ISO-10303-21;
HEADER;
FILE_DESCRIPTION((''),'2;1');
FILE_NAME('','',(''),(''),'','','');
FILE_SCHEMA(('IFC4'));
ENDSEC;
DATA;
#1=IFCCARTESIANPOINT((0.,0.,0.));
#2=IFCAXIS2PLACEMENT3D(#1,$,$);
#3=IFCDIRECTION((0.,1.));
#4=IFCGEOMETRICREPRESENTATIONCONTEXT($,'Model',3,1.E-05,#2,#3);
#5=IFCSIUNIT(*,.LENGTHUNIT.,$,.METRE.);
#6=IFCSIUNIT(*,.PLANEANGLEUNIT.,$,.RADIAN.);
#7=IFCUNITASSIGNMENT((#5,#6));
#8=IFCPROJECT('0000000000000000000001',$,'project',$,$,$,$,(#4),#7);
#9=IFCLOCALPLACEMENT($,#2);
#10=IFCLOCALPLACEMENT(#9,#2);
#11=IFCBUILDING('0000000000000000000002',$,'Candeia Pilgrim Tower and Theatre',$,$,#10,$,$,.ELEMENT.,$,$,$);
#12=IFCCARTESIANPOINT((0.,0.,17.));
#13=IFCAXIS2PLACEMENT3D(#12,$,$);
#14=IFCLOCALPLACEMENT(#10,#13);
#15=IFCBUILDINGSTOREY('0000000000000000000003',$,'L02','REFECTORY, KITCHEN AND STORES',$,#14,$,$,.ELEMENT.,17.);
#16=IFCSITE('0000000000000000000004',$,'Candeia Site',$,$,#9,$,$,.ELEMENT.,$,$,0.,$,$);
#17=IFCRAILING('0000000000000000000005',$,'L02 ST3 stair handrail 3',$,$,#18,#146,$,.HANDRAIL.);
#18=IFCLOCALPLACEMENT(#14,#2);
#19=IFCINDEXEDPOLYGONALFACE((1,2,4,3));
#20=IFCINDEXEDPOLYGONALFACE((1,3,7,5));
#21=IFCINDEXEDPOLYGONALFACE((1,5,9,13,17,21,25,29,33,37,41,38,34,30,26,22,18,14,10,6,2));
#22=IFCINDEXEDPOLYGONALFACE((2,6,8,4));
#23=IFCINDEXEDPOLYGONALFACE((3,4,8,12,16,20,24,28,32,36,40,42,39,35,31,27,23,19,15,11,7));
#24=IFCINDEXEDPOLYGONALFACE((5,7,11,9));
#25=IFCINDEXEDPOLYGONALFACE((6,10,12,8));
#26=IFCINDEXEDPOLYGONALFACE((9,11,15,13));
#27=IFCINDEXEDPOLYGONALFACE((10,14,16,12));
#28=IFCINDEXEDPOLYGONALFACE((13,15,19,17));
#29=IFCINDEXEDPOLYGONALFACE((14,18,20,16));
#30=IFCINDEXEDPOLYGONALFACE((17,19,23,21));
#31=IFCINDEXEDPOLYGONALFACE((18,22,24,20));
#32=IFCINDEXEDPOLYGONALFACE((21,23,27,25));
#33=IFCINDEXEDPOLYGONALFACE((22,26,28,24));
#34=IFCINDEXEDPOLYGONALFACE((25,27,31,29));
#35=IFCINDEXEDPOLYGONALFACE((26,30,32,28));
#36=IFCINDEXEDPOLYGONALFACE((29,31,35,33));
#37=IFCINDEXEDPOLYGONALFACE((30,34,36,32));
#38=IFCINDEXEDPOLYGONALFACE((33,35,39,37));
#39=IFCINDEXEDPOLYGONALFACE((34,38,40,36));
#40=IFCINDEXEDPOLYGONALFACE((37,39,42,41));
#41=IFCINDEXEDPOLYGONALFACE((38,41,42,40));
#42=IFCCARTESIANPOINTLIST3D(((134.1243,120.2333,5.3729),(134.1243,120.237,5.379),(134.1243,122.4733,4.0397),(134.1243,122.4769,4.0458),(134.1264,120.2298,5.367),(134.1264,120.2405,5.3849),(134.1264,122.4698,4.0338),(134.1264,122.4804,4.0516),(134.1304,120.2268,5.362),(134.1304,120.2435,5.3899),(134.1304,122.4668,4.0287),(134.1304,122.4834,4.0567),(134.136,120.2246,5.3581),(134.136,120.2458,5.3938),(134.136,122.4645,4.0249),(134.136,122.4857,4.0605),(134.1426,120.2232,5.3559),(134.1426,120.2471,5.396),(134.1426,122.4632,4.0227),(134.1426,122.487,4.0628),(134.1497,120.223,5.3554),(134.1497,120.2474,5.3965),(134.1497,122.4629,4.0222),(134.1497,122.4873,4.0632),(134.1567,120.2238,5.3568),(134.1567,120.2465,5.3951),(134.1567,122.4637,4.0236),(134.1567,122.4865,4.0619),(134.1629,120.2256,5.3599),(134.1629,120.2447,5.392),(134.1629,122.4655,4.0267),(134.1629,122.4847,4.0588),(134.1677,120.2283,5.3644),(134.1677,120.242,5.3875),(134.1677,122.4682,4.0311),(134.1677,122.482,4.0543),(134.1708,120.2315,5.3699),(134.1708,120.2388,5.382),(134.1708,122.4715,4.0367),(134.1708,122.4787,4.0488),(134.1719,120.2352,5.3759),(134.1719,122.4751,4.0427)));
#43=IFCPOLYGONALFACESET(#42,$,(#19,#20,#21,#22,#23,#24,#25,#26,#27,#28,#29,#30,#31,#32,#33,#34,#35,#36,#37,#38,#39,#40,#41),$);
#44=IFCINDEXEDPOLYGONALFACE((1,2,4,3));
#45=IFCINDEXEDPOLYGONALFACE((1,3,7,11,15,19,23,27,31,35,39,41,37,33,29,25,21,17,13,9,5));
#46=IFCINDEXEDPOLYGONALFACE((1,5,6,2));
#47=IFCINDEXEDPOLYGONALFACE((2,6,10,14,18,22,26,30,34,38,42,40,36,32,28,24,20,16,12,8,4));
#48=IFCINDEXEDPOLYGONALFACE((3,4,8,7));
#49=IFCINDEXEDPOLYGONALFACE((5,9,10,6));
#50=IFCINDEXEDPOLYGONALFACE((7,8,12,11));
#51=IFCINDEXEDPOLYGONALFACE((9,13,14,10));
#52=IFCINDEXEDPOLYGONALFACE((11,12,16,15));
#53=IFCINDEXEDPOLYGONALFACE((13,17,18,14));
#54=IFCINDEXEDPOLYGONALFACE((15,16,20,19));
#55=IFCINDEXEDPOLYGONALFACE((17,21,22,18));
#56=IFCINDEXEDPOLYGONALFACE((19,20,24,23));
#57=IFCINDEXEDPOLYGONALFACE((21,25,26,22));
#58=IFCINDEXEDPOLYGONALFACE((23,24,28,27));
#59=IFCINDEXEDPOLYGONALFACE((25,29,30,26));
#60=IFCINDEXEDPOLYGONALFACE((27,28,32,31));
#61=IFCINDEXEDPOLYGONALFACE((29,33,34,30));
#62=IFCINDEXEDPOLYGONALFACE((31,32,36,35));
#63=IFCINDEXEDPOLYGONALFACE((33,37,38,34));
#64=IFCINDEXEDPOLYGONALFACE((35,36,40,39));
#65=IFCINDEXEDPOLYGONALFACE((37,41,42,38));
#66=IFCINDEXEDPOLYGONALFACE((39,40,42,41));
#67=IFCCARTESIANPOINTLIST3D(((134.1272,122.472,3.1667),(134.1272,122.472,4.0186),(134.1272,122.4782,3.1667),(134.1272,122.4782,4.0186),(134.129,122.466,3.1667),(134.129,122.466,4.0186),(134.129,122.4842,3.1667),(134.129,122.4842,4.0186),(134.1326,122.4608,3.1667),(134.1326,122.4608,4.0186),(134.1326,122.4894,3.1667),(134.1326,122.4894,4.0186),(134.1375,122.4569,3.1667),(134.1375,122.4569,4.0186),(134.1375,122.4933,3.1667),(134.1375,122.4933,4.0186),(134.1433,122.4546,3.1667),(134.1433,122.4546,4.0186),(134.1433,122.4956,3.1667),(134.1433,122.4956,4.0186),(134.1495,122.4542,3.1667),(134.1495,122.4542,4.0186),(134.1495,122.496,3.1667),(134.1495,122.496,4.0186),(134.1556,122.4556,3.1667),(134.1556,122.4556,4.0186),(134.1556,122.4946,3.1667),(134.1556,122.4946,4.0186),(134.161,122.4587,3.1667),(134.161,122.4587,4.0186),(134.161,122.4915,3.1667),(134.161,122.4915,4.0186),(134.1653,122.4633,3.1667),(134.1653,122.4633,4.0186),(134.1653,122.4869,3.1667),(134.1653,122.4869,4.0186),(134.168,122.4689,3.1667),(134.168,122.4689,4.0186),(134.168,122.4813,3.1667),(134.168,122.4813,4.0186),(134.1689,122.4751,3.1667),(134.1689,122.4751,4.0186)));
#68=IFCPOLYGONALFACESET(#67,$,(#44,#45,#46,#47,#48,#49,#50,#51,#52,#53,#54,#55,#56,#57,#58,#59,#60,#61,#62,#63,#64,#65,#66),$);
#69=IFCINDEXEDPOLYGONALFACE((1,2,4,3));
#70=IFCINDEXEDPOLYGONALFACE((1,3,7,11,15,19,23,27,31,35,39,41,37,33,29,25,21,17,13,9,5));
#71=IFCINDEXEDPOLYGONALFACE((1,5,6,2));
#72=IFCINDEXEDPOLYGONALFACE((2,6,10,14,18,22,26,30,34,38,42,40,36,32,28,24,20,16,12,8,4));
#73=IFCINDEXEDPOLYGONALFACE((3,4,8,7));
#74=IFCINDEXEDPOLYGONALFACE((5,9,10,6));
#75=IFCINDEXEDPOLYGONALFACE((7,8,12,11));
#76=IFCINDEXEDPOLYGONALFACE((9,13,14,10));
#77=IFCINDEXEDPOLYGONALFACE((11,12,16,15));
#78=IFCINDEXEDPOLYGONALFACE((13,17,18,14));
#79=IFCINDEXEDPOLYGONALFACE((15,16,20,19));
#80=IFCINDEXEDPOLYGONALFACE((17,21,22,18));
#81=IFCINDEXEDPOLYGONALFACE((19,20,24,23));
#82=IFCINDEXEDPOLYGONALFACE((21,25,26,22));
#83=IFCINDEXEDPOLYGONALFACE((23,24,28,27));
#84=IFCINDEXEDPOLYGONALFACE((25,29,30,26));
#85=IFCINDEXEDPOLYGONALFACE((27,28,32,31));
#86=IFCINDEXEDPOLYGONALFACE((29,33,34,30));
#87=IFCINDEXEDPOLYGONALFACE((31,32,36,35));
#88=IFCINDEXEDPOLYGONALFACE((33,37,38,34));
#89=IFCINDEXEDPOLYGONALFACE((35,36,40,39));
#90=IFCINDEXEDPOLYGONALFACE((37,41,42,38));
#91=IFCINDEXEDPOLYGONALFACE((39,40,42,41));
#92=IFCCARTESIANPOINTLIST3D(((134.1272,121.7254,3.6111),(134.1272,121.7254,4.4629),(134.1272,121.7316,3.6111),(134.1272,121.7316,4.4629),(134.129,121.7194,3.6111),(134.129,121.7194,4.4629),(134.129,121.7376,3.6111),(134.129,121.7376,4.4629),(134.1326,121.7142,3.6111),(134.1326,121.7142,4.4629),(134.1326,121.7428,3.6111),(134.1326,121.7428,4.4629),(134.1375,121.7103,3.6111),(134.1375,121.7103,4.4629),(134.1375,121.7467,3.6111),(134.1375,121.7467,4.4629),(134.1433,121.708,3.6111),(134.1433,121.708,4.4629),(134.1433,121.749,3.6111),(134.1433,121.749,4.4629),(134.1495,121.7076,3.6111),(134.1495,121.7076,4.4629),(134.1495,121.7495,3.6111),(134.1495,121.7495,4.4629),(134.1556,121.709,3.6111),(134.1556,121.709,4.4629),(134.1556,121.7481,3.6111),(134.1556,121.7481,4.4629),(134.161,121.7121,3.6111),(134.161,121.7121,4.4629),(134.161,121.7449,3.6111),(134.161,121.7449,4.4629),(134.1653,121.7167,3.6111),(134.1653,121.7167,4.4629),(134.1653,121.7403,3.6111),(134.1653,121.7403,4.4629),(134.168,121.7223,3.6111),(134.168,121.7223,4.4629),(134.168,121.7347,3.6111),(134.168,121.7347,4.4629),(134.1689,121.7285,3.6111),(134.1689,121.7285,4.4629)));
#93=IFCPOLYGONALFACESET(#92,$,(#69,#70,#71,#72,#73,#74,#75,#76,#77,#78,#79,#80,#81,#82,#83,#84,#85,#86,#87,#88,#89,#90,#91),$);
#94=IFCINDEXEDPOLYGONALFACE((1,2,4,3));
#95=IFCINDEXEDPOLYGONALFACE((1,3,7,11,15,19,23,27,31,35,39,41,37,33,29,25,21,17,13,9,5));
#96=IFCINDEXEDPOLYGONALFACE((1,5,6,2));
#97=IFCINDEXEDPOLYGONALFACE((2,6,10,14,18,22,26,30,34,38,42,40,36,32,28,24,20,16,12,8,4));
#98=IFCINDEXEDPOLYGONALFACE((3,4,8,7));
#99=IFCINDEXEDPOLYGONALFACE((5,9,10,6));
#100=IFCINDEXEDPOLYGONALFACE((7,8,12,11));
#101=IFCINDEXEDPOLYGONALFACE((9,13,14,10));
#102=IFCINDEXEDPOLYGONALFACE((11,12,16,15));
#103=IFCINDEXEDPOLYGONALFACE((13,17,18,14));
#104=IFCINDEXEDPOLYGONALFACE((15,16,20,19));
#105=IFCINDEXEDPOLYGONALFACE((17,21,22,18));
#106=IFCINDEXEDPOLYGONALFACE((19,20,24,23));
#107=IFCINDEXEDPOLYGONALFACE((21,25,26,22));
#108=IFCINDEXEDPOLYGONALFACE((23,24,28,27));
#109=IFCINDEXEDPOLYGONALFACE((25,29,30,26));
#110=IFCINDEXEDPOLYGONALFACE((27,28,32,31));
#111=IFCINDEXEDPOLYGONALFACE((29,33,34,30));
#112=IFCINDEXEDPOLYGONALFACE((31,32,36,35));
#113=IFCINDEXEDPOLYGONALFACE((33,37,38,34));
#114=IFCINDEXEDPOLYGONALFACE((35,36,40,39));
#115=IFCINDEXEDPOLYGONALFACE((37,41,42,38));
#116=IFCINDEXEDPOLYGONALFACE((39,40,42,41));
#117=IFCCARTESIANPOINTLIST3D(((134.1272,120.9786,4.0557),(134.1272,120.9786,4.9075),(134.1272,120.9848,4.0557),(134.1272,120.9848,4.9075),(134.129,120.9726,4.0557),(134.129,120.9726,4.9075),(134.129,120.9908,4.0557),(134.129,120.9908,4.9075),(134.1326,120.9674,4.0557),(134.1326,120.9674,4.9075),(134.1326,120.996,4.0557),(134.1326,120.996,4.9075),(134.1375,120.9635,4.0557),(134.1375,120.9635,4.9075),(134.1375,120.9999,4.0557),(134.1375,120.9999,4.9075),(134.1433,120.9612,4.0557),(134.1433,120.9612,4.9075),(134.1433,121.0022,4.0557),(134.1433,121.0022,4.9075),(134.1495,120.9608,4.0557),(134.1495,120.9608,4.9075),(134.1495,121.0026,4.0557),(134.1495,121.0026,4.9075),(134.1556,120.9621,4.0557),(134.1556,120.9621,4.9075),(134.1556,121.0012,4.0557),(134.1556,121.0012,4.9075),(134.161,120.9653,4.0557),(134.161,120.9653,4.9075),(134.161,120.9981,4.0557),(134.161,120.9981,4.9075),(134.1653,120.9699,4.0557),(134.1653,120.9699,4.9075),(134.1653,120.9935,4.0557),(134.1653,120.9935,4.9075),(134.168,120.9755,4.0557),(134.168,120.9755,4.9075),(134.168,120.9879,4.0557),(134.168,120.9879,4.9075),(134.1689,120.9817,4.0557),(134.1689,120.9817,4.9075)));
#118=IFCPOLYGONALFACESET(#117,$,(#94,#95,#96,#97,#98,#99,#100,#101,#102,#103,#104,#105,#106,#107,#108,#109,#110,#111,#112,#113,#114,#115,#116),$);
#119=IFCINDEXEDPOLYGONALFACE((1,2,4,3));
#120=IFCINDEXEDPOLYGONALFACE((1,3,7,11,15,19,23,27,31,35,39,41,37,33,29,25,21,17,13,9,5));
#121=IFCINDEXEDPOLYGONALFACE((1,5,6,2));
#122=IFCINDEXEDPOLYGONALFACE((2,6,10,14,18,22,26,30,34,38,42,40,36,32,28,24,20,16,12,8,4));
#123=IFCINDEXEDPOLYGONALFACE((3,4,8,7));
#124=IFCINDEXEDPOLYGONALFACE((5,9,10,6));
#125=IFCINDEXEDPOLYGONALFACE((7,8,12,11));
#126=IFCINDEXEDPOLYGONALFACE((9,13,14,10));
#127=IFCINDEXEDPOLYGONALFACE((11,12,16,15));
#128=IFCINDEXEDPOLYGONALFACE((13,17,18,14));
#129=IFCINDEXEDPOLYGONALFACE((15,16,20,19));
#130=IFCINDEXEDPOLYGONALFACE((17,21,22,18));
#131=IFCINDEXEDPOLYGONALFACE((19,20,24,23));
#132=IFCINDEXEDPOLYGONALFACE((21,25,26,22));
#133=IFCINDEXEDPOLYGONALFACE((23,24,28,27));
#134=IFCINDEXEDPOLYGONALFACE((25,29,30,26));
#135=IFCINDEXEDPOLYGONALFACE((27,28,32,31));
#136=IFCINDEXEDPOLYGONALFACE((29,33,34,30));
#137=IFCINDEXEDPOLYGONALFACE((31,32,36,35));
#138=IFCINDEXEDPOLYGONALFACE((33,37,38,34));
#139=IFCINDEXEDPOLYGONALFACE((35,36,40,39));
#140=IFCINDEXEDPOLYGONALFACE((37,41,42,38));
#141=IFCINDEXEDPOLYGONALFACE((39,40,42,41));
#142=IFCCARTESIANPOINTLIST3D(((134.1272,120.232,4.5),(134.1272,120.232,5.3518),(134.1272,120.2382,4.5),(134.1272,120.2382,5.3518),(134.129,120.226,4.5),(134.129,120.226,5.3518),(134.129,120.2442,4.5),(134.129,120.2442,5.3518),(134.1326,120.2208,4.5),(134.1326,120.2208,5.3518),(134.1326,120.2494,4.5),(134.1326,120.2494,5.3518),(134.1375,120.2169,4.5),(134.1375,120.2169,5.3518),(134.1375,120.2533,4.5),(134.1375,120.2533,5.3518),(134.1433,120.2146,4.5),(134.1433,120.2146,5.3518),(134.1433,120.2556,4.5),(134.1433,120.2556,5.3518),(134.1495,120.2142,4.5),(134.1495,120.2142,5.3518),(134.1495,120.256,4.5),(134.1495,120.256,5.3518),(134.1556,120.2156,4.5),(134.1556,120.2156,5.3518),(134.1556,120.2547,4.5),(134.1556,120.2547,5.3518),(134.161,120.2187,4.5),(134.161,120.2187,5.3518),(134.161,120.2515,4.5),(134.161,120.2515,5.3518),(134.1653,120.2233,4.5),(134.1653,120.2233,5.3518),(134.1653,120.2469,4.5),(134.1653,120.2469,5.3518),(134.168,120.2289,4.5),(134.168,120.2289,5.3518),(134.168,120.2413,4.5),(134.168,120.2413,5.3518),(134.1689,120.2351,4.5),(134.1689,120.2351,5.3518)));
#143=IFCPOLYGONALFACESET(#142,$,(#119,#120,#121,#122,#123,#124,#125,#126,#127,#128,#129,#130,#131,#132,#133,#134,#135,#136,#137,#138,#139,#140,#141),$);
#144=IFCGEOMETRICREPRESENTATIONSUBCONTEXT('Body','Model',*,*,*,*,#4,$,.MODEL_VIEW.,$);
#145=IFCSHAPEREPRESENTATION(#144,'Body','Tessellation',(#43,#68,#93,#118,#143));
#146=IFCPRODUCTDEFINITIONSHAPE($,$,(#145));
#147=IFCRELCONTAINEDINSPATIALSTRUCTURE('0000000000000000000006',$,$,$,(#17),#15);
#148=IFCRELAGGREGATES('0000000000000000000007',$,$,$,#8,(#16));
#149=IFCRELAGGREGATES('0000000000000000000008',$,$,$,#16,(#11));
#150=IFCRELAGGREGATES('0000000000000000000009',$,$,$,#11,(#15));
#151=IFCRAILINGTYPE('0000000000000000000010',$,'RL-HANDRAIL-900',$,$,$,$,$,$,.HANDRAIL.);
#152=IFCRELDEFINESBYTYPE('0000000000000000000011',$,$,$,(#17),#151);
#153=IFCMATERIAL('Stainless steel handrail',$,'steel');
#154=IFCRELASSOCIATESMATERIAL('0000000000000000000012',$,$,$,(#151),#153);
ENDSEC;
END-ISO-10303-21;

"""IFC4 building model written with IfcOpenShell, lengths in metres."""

from ifc_helpers import new_model, si_unit, direction, frame, origin, origin_2d, place, context, subcontext, project, spatial, circle, extrude, material, type_object, element, save


model = new_model("IFC4")

# Units and contexts
model_context = context("Model", 3, precision=1e-05, world=origin(), true_north=direction((0.0, 1.0)))
body_context = subcontext(model_context, "Body", "Model", "MODEL_VIEW")
ifc_project = project(units=[si_unit("LENGTHUNIT", "METRE"), si_unit("PLANEANGLEUNIT", "RADIAN")], contexts=[model_context])

# Site, building, storey
site_placement = place(None, origin())
site = spatial("IfcSite", under=ifc_project, at=site_placement, Name="Candeia Site", CompositionType="ELEMENT", RefElevation=0.0)
building_placement = place(site_placement, origin())
building = spatial("IfcBuilding", under=site, at=building_placement, Name="Candeia Pilgrim Tower and Theatre", CompositionType="ELEMENT")
storey_placement = place(building_placement, frame((0.0, 0.0, 17.0)))
storey = spatial("IfcBuildingStorey", under=building, at=storey_placement, Name="L02", Description="REFECTORY, KITCHEN AND STORES", CompositionType="ELEMENT", Elevation=17.0)

# Railing
ifc_material_1 = material(Name="Stainless steel handrail", Category="steel")
railing_type_1 = type_object("IfcRailingType", Name="RL-HANDRAIL-900", PredefinedType="HANDRAIL", material=ifc_material_1)
railing_1_placement = place(storey_placement, frame((134.1479, 122.4751, 3.1667)))
element("IfcRailing", 1, at=railing_1_placement, inside=storey, type_object=railing_type_1, Name="L02 ST3 stair handrail 3", PredefinedType="HANDRAIL", context=body_context, shape_type="SweptSolid", body=[
    extrude(circle(Radius=0.0239, at=origin_2d()), frame((0.0, 0.0, 0.876), z_axis=(0.0, -0.859306, 0.511462), x_axis=(1.0, 0.0, 0.0)), (0.0, 0.0, 1.0), 2.6067),
    extrude(circle(Radius=0.021, at=origin_2d()), origin(), (0.0, 0.0, 1.0), 0.8518),
    extrude(circle(Radius=0.021, at=origin_2d()), frame((0.0, -0.7466, 0.4443)), (0.0, 0.0, 1.0), 0.8518),
    extrude(circle(Radius=0.021, at=origin_2d()), frame((0.0, -1.4934, 0.8889)), (0.0, 0.0, 1.0), 0.8518),
    extrude(circle(Radius=0.021, at=origin_2d()), frame((0.0, -2.24, 1.3333)), (0.0, 0.0, 1.0), 0.8518),
])

save(model, "model.ifc")
